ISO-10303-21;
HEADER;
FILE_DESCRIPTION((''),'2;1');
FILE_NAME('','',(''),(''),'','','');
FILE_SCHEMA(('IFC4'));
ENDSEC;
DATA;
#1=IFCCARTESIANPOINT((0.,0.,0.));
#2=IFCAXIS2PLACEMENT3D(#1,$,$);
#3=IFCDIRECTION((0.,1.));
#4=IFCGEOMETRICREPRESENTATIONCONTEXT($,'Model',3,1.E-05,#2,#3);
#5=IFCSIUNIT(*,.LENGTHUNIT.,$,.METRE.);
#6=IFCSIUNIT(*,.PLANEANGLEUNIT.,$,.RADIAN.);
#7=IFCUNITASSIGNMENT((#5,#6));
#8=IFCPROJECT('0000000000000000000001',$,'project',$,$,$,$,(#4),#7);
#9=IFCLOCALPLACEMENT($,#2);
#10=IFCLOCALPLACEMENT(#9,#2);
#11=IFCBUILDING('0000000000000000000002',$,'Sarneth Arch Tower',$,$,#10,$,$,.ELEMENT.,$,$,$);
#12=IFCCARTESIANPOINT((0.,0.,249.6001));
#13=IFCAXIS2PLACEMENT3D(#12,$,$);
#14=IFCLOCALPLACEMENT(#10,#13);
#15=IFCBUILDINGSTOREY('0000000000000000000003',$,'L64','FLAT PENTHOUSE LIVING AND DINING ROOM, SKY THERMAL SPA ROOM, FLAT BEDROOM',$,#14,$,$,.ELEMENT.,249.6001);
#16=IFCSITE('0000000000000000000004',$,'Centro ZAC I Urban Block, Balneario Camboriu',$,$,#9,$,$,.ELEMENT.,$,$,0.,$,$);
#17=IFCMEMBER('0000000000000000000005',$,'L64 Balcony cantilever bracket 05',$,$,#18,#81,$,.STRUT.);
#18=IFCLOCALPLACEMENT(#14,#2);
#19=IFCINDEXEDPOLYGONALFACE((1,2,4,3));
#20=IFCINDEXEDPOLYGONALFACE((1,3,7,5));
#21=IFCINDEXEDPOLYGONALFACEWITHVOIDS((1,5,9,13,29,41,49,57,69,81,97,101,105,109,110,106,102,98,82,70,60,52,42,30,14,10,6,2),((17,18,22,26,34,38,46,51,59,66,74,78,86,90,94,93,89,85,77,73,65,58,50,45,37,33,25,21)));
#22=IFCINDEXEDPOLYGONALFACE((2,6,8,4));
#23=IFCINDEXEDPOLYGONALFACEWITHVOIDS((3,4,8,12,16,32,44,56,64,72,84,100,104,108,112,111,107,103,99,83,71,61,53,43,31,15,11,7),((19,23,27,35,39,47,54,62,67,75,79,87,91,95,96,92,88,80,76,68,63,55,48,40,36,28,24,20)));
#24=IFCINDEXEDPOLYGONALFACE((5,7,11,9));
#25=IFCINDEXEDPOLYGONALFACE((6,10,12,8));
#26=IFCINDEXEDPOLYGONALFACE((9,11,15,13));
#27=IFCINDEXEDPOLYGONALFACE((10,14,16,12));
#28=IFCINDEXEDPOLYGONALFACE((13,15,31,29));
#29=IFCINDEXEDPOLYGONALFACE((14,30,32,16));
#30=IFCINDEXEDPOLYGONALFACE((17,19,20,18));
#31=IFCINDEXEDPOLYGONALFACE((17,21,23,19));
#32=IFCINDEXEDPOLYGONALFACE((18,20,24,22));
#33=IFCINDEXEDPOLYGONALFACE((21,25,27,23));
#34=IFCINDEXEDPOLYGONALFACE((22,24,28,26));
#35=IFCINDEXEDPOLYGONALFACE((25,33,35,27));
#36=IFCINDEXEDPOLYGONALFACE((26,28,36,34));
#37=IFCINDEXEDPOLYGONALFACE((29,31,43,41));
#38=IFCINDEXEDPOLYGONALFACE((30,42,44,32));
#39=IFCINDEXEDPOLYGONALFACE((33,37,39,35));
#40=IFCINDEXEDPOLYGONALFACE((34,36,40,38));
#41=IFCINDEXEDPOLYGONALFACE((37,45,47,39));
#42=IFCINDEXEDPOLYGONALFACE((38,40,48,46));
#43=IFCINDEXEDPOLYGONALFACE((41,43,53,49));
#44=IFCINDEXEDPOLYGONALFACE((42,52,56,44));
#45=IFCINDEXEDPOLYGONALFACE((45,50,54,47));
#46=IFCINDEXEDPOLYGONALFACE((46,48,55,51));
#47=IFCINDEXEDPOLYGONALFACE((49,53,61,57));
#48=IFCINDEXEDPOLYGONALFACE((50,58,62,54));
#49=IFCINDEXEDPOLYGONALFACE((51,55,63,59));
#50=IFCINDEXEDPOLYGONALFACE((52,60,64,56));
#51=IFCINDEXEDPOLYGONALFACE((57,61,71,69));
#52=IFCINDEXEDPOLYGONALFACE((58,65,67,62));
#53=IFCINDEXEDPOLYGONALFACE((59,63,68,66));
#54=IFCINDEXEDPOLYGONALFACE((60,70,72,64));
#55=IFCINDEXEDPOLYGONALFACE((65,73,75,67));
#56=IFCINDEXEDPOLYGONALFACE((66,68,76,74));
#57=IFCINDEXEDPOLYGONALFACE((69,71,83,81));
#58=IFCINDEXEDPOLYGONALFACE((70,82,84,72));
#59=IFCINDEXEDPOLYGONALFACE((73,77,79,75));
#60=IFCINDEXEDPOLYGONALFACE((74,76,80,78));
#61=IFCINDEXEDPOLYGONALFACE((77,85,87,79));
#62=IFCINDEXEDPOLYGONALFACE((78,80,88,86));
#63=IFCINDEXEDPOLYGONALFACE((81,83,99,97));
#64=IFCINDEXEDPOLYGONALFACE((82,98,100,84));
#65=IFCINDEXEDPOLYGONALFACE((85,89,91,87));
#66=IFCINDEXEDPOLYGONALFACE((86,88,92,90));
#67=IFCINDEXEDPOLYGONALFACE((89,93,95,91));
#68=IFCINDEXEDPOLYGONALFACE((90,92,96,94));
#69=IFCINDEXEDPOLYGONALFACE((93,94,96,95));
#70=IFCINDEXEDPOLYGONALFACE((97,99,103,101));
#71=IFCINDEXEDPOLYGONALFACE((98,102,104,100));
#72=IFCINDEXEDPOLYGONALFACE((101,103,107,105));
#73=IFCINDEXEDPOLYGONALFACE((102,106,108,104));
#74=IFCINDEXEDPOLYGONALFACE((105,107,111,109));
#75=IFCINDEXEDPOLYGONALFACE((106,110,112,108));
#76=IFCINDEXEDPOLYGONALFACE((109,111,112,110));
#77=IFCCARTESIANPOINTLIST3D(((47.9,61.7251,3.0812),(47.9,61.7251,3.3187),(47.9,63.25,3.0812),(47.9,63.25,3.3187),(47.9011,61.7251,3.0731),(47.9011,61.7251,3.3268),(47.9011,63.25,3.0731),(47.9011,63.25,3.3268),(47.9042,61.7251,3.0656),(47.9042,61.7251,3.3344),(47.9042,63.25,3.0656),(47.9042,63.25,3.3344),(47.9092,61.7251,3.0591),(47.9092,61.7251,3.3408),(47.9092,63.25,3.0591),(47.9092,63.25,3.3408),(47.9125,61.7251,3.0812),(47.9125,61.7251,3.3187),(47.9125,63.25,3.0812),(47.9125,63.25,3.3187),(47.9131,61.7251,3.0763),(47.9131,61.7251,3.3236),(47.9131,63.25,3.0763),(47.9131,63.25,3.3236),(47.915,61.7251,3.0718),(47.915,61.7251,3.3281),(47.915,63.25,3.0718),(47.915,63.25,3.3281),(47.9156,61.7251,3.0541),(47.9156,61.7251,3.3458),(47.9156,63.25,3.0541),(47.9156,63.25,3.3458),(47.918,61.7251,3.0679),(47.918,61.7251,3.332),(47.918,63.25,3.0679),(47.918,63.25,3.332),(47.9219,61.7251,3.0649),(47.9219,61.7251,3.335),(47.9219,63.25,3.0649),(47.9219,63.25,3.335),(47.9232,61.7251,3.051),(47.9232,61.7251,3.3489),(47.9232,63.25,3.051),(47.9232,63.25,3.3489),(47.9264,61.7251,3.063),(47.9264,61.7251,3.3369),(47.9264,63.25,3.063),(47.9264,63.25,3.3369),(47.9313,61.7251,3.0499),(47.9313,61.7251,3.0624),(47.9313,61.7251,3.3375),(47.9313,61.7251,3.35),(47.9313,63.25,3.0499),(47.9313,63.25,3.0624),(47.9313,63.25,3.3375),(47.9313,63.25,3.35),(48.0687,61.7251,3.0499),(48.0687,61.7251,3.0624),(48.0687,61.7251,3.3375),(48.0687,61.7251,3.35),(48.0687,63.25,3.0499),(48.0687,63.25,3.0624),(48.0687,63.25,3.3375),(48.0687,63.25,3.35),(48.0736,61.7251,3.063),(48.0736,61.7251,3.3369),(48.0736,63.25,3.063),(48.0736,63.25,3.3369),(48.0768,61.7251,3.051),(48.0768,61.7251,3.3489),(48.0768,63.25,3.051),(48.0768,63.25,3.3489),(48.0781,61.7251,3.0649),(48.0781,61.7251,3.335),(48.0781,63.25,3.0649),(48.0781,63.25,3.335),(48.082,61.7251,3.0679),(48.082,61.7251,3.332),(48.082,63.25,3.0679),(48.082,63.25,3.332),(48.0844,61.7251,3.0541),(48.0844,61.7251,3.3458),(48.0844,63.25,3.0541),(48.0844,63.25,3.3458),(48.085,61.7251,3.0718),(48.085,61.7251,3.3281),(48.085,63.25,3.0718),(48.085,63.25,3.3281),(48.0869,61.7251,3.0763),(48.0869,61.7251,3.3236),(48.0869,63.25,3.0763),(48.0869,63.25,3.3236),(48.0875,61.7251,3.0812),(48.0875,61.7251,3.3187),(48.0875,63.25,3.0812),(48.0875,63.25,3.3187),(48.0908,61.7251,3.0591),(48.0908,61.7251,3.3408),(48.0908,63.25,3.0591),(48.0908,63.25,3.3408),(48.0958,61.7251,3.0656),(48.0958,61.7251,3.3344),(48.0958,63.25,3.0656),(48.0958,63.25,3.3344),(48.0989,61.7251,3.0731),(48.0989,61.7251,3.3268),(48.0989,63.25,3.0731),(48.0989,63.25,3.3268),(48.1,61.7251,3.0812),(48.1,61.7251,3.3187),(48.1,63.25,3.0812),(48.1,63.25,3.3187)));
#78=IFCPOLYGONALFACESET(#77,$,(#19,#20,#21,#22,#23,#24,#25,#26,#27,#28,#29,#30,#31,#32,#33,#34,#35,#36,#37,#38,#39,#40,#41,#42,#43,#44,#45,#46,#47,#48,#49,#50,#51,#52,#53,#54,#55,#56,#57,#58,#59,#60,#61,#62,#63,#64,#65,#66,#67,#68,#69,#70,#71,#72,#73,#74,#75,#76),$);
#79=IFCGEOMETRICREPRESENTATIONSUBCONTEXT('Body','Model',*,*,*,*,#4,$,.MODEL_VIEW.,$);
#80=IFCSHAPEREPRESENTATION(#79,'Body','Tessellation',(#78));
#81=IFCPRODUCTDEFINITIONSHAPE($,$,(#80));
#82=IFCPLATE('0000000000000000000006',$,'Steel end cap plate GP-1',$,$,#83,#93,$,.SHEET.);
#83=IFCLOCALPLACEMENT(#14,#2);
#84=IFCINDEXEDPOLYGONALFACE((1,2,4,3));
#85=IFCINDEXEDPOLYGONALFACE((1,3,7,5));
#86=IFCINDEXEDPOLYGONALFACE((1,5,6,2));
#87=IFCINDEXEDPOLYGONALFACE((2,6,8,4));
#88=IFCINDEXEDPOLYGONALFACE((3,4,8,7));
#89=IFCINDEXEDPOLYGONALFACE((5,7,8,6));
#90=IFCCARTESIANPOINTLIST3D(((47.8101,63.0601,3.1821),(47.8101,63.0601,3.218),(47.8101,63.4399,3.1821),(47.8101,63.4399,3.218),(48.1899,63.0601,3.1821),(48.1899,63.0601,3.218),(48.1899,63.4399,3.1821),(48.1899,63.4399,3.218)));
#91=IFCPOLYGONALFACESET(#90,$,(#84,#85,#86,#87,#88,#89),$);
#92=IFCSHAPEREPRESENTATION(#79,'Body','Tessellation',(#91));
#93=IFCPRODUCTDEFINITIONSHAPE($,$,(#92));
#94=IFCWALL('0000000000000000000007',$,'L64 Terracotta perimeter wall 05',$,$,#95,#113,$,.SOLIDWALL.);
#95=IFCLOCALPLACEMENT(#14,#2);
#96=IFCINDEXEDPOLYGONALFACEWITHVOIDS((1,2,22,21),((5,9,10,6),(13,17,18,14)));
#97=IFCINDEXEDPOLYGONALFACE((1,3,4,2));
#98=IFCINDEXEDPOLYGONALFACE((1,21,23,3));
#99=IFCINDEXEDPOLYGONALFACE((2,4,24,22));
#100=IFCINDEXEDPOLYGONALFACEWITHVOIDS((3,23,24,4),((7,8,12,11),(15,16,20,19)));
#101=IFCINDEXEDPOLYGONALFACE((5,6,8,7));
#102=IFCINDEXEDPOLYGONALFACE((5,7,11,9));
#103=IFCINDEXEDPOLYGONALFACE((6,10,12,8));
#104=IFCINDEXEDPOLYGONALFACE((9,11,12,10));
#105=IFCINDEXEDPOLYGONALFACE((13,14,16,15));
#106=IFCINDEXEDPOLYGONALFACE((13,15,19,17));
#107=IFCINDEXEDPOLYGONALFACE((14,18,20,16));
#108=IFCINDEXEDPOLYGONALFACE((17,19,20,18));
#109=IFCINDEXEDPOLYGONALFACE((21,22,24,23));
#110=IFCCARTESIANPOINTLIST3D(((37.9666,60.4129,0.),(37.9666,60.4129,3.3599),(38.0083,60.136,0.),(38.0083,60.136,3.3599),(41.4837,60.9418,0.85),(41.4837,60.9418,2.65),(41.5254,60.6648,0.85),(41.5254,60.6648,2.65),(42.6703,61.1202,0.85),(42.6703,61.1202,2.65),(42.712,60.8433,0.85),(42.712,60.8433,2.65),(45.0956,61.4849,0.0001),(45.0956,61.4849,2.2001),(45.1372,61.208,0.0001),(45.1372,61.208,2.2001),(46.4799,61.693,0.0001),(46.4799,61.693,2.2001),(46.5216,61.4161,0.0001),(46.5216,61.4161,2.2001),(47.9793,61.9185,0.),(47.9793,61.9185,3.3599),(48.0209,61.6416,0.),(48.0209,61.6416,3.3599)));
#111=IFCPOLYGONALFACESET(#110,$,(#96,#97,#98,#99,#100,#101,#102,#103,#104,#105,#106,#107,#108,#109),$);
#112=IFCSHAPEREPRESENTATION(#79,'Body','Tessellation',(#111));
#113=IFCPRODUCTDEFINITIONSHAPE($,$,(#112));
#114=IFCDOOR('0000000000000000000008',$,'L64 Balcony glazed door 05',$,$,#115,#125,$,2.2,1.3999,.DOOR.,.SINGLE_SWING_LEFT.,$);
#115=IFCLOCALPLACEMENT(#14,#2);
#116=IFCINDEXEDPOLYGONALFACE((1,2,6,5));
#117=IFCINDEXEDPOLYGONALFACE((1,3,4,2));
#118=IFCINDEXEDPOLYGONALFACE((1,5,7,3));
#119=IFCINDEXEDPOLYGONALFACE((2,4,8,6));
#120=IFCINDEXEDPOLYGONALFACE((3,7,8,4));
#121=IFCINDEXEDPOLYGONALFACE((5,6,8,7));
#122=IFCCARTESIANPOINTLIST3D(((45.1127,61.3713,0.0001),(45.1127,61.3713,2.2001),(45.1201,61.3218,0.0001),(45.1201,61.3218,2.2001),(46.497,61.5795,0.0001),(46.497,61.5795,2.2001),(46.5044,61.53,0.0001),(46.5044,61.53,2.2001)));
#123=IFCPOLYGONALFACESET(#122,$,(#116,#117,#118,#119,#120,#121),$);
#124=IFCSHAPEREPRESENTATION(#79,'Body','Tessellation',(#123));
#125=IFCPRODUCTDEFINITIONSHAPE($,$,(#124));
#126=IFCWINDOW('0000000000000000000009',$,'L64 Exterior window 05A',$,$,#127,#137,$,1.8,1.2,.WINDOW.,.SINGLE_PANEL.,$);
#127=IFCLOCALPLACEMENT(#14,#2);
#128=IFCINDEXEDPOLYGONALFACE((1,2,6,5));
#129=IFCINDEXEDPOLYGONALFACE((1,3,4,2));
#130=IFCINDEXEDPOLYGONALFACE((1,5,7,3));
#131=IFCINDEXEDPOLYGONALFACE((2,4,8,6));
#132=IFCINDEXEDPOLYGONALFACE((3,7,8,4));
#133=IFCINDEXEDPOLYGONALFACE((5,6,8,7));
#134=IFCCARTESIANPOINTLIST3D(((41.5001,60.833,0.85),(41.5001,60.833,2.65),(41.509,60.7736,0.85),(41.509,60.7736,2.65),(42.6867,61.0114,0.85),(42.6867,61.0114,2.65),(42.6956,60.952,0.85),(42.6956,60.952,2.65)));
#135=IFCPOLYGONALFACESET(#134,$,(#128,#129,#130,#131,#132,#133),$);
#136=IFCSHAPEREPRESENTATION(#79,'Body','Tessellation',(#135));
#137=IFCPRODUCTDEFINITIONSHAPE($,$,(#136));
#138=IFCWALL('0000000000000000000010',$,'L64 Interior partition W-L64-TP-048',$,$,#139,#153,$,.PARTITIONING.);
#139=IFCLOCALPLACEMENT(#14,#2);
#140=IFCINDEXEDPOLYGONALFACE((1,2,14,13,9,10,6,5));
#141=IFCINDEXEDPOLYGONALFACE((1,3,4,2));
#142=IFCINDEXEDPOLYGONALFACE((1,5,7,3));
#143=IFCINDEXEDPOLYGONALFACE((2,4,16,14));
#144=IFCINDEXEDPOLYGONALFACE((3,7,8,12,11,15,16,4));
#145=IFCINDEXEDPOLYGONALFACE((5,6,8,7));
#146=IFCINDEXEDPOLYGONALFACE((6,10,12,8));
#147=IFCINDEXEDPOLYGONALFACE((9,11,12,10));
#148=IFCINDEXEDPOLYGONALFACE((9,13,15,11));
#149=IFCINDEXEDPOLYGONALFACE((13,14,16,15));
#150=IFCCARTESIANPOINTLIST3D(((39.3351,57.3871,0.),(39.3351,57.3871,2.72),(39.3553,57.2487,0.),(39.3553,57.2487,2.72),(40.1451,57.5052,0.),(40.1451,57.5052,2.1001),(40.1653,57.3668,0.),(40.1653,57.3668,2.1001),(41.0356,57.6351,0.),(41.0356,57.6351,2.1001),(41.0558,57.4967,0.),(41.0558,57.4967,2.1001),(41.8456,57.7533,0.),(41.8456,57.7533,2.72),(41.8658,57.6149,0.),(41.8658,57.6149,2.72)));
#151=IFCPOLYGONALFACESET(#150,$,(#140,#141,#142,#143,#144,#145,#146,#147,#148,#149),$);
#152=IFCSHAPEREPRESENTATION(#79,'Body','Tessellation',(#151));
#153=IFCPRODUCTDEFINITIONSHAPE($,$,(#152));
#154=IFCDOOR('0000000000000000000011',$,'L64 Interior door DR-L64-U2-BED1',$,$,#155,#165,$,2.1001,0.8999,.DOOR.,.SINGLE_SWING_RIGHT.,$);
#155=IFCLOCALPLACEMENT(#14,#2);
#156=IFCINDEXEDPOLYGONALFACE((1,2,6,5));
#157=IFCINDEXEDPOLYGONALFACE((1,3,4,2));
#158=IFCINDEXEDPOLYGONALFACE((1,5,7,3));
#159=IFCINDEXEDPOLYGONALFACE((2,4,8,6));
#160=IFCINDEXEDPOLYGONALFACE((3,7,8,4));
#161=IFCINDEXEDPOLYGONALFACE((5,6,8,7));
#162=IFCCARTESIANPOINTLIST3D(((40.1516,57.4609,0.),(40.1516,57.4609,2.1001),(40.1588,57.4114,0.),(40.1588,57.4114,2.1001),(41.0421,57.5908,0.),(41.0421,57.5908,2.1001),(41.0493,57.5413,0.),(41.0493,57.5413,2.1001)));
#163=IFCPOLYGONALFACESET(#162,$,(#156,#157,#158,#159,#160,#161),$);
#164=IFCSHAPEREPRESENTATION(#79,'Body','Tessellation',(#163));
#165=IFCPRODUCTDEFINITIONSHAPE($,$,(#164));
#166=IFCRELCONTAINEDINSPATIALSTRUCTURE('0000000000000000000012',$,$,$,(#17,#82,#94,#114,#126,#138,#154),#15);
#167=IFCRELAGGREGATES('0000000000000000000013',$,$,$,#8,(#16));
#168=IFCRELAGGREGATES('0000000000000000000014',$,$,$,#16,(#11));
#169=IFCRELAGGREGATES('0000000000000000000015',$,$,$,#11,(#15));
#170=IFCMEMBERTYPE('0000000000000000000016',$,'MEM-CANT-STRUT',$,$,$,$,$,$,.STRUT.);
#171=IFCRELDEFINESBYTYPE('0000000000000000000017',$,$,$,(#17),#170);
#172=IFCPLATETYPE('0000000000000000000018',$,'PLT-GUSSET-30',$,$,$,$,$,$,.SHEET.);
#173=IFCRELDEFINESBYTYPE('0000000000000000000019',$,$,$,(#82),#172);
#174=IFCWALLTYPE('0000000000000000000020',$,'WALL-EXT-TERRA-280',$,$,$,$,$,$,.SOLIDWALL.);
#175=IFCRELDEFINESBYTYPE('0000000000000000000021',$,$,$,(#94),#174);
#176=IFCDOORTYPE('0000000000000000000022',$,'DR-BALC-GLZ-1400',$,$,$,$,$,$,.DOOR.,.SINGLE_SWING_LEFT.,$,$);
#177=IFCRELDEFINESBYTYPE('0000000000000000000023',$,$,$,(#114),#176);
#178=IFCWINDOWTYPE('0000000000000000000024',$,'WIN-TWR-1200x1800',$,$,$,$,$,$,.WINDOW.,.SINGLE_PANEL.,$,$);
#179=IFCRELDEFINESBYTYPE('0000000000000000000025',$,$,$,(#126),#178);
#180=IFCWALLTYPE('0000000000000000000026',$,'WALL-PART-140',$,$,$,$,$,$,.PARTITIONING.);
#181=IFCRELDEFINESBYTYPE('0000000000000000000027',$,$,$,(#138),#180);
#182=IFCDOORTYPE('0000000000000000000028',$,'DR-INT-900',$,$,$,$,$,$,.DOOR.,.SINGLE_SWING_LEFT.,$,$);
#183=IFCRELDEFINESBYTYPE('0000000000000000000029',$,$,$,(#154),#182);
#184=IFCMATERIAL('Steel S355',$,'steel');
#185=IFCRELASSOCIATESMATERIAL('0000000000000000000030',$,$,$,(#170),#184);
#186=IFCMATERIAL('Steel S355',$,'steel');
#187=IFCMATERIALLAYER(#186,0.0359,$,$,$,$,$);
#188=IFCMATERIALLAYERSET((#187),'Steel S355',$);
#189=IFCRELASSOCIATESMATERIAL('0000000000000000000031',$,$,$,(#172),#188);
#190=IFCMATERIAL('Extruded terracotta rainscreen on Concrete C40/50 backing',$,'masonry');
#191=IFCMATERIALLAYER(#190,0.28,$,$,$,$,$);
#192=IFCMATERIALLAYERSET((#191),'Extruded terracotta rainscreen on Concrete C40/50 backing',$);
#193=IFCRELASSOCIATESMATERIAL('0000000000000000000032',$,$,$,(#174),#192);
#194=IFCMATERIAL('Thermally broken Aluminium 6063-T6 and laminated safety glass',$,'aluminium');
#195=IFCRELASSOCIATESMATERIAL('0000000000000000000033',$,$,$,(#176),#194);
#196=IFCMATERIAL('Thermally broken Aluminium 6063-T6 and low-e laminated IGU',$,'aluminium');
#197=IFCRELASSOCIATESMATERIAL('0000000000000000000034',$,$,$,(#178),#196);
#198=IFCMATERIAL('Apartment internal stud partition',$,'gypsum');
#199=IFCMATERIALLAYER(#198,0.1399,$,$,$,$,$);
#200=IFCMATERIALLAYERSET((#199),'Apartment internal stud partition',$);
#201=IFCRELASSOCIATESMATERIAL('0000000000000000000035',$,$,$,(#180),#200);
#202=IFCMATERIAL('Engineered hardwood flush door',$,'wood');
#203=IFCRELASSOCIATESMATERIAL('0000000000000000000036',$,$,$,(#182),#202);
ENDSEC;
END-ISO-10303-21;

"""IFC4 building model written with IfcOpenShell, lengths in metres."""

from ifc_helpers import new_model, si_unit, direction, frame, frame_2d, origin, origin_2d, place, context, subcontext, project, spatial, rectangle, hollow_rectangle, extrude, material, layer, layer_set, material_profile, profile_set, type_object, element, fill, save


model = new_model("IFC4")

# Units and contexts
model_context = context("Model", 3, precision=1e-05, world=origin(), true_north=direction((0.0, 1.0)))
body_context = subcontext(model_context, "Body", "Model", "MODEL_VIEW")
ifc_project = project(units=[si_unit("LENGTHUNIT", "METRE"), si_unit("PLANEANGLEUNIT", "RADIAN")], contexts=[model_context])

# Site, building, storey
site_placement = place(None, origin())
site = spatial("IfcSite", under=ifc_project, at=site_placement, Name="Centro ZAC I Urban Block, Balneario Camboriu", CompositionType="ELEMENT", RefElevation=0.0)
building_placement = place(site_placement, origin())
building = spatial("IfcBuilding", under=site, at=building_placement, Name="Sarneth Arch Tower", CompositionType="ELEMENT")
storey_placement = place(building_placement, frame((0.0, 0.0, 249.6001)))
storey = spatial("IfcBuildingStorey", under=building, at=storey_placement, Name="L64", Description="FLAT PENTHOUSE LIVING AND DINING ROOM, SKY THERMAL SPA ROOM, FLAT BEDROOM", CompositionType="ELEMENT", Elevation=249.6001)

# Member
ifc_material_1 = material(Name="Steel S355", Category="steel")
ifc_material_profile_1 = material_profile(ifc_material_1, hollow_rectangle(XDim=0.2, YDim=0.3, WallThickness=0.0125, InnerFilletRadius=0.0188, OuterFilletRadius=0.0312, at=origin_2d()), Name="RHS300x200x12.5")
ifc_profile_set_1 = profile_set([ifc_material_profile_1], Name="Steel S355")
member_type_1 = type_object("IfcMemberType", Name="MEM-CANT-STRUT", PredefinedType="STRUT", material=ifc_profile_set_1)
member_1_placement = place(storey_placement, frame((48.0, 61.7251, 3.2), z_axis=(0.0, 1.0, 0.0), x_axis=(-1.0, 0.0, 0.0)))
element("IfcMember", 1, at=member_1_placement, inside=storey, type_object=member_type_1, Name="L64 Balcony cantilever bracket 05", PredefinedType="STRUT", context=body_context, shape_type="SweptSolid", body=[
    extrude(hollow_rectangle(XDim=0.2, YDim=0.3, WallThickness=0.0125, InnerFilletRadius=0.0188, OuterFilletRadius=0.0312, at=origin_2d()), origin(), (0.0, 0.0, 1.0), 1.5249),
])

# Plate
ifc_material_2 = material(Name="Steel S355", Category="steel")
ifc_layer_1 = layer(ifc_material_2, 0.0359)
ifc_layer_set_1 = layer_set([ifc_layer_1], Name="Steel S355")
plate_type = type_object("IfcPlateType", Name="PLT-GUSSET-30", PredefinedType="SHEET", material=ifc_layer_set_1)
plate_placement = place(storey_placement, frame((48.0, 63.25, 3.1821), z_axis=(0.0, 0.0, 1.0), x_axis=(0.0, 1.0, 0.0)))
element("IfcPlate", 2, at=plate_placement, inside=storey, type_object=plate_type, Name="Steel end cap plate GP-1", PredefinedType="SHEET", context=body_context, shape_type="SweptSolid", body=[
    extrude(rectangle(XDim=0.3799, YDim=0.3799, at=origin_2d()), origin(), (0.0, 0.0, 1.0), 0.0359),
])

# Wall, openings, door, window
ifc_material_3 = material(Name="Extruded terracotta rainscreen on Concrete C40/50 backing", Category="masonry")
ifc_layer_2 = layer(ifc_material_3, 0.28)
ifc_layer_set_2 = layer_set([ifc_layer_2], Name="Extruded terracotta rainscreen on Concrete C40/50 backing")
wall_type_1 = type_object("IfcWallType", Name="WALL-EXT-TERRA-280", PredefinedType="SOLIDWALL", material=ifc_layer_set_2)
wall_1_placement = place(storey_placement, frame((48.0, 61.78, 0.0), z_axis=(0.0, 0.0, 1.0), x_axis=(-0.988883, -0.148699, 0.0)))
wall_1 = element("IfcWall", 3, at=wall_1_placement, inside=storey, type_object=wall_type_1, Name="L64 Terracotta perimeter wall 05", PredefinedType="SOLIDWALL", context=body_context, shape_type="SweptSolid", body=[
    extrude(rectangle(XDim=10.1252, YDim=0.28, at=frame_2d((5.0625, 0.0))), origin(), (0.0, 0.0, 1.0), 3.3599),
])
opening_1_placement = place(wall_1_placement, frame((1.5161, 0.0, 0.0)))
opening_1 = element("IfcOpeningElement", 4, at=opening_1_placement, cuts=wall_1, PredefinedType="OPENING", context=body_context, shape_type="SweptSolid", body=[
    extrude(rectangle(XDim=1.3999, YDim=2.2, at=frame_2d((0.7, 1.1001))), frame((0.0, 0.1499, 0.0), z_axis=(0.0, -1.0, 0.0), x_axis=(1.0, 0.0, 0.0)), (0.0, 0.0, 1.0), 0.3),
])
opening_2_placement = place(wall_1_placement, frame((5.3684, 0.0, 0.8501)))
opening_2 = element("IfcOpeningElement", 5, at=opening_2_placement, cuts=wall_1, PredefinedType="OPENING", context=body_context, shape_type="SweptSolid", body=[
    extrude(rectangle(XDim=1.2, YDim=1.8, at=frame_2d((0.6001, 0.8999))), frame((0.0, 0.1499, 0.0), z_axis=(0.0, -1.0, 0.0), x_axis=(1.0, 0.0, 0.0)), (0.0, 0.0, 1.0), 0.3),
])
ifc_material_4 = material(Name="Thermally broken Aluminium 6063-T6 and laminated safety glass", Category="aluminium")
door_type_1 = type_object("IfcDoorType", Name="DR-BALC-GLZ-1400", OperationType="SINGLE_SWING_LEFT", PredefinedType="DOOR", material=ifc_material_4)
door_1_placement = place(opening_1_placement, origin())
door_1 = element("IfcDoor", 6, at=door_1_placement, inside=storey, type_object=door_type_1, Name="L64 Balcony glazed door 05", OperationType="SINGLE_SWING_LEFT", OverallHeight=2.2, OverallWidth=1.3999, PredefinedType="DOOR", context=body_context, shape_type="SweptSolid", body=[
    extrude(rectangle(XDim=1.3999, YDim=2.2, at=frame_2d((0.7, 1.1001))), frame((0.0, 0.0249, 0.0), z_axis=(0.0, -1.0, 0.0), x_axis=(1.0, 0.0, 0.0)), (0.0, 0.0, 1.0), 0.05),
])
fill(opening_1, door_1)
ifc_material_5 = material(Name="Thermally broken Aluminium 6063-T6 and low-e laminated IGU", Category="aluminium")
window_type = type_object("IfcWindowType", Name="WIN-TWR-1200x1800", PartitioningType="SINGLE_PANEL", PredefinedType="WINDOW", material=ifc_material_5)
window_placement = place(opening_2_placement, origin())
window = element("IfcWindow", 7, at=window_placement, inside=storey, type_object=window_type, Name="L64 Exterior window 05A", OverallHeight=1.8, OverallWidth=1.2, PartitioningType="SINGLE_PANEL", PredefinedType="WINDOW", context=body_context, shape_type="SweptSolid", body=[
    extrude(rectangle(XDim=1.2, YDim=1.8, at=frame_2d((0.6001, 0.8999))), frame((0.0, 0.03, 0.0), z_axis=(0.0, -1.0, 0.0), x_axis=(1.0, 0.0, 0.0)), (0.0, 0.0, 1.0), 0.0601),
])
fill(opening_2, window)

# Wall, opening, door
ifc_material_6 = material(Name="Apartment internal stud partition", Category="gypsum")
ifc_layer_3 = layer(ifc_material_6, 0.1399)
ifc_layer_set_3 = layer_set([ifc_layer_3], Name="Apartment internal stud partition")
wall_type_2 = type_object("IfcWallType", Name="WALL-PART-140", PredefinedType="PARTITIONING", material=ifc_layer_set_3)
wall_2_placement = place(storey_placement, frame((41.8557, 57.6841, 0.0), z_axis=(0.0, 0.0, 1.0), x_axis=(-0.989528, -0.144344, 0.0)))
wall_2 = element("IfcWall", 8, at=wall_2_placement, inside=storey, type_object=wall_type_2, Name="L64 Interior partition W-L64-TP-048", PredefinedType="PARTITIONING", context=body_context, shape_type="SweptSolid", body=[
    extrude(rectangle(XDim=2.5371, YDim=0.1399, at=frame_2d((1.2686, 0.0))), origin(), (0.0, 0.0, 1.0), 2.72),
])
opening_3_placement = place(wall_2_placement, frame((0.8186, 0.0, 0.0)))
opening_3 = element("IfcOpeningElement", 9, at=opening_3_placement, cuts=wall_2, PredefinedType="OPENING", context=body_context, shape_type="SweptSolid", body=[
    extrude(rectangle(XDim=0.8999, YDim=2.1001, at=frame_2d((0.45, 1.05))), frame((0.0, 0.0798, 0.0), z_axis=(0.0, -1.0, 0.0), x_axis=(1.0, 0.0, 0.0)), (0.0, 0.0, 1.0), 0.1599),
])
ifc_material_7 = material(Name="Engineered hardwood flush door", Category="wood")
door_type_2 = type_object("IfcDoorType", Name="DR-INT-900", OperationType="SINGLE_SWING_LEFT", PredefinedType="DOOR", material=ifc_material_7)
door_2_placement = place(opening_3_placement, origin())
door_2 = element("IfcDoor", 10, at=door_2_placement, inside=storey, type_object=door_type_2, Name="L64 Interior door DR-L64-U2-BED1", OperationType="SINGLE_SWING_RIGHT", OverallHeight=2.1001, OverallWidth=0.8999, PredefinedType="DOOR", context=body_context, shape_type="SweptSolid", body=[
    extrude(rectangle(XDim=0.8999, YDim=2.1001, at=frame_2d((0.45, 1.05))), frame((0.0, 0.0249, 0.0), z_axis=(0.0, -1.0, 0.0), x_axis=(1.0, 0.0, 0.0)), (0.0, 0.0, 1.0), 0.05),
])
fill(opening_3, door_2)

save(model, "model.ifc")
